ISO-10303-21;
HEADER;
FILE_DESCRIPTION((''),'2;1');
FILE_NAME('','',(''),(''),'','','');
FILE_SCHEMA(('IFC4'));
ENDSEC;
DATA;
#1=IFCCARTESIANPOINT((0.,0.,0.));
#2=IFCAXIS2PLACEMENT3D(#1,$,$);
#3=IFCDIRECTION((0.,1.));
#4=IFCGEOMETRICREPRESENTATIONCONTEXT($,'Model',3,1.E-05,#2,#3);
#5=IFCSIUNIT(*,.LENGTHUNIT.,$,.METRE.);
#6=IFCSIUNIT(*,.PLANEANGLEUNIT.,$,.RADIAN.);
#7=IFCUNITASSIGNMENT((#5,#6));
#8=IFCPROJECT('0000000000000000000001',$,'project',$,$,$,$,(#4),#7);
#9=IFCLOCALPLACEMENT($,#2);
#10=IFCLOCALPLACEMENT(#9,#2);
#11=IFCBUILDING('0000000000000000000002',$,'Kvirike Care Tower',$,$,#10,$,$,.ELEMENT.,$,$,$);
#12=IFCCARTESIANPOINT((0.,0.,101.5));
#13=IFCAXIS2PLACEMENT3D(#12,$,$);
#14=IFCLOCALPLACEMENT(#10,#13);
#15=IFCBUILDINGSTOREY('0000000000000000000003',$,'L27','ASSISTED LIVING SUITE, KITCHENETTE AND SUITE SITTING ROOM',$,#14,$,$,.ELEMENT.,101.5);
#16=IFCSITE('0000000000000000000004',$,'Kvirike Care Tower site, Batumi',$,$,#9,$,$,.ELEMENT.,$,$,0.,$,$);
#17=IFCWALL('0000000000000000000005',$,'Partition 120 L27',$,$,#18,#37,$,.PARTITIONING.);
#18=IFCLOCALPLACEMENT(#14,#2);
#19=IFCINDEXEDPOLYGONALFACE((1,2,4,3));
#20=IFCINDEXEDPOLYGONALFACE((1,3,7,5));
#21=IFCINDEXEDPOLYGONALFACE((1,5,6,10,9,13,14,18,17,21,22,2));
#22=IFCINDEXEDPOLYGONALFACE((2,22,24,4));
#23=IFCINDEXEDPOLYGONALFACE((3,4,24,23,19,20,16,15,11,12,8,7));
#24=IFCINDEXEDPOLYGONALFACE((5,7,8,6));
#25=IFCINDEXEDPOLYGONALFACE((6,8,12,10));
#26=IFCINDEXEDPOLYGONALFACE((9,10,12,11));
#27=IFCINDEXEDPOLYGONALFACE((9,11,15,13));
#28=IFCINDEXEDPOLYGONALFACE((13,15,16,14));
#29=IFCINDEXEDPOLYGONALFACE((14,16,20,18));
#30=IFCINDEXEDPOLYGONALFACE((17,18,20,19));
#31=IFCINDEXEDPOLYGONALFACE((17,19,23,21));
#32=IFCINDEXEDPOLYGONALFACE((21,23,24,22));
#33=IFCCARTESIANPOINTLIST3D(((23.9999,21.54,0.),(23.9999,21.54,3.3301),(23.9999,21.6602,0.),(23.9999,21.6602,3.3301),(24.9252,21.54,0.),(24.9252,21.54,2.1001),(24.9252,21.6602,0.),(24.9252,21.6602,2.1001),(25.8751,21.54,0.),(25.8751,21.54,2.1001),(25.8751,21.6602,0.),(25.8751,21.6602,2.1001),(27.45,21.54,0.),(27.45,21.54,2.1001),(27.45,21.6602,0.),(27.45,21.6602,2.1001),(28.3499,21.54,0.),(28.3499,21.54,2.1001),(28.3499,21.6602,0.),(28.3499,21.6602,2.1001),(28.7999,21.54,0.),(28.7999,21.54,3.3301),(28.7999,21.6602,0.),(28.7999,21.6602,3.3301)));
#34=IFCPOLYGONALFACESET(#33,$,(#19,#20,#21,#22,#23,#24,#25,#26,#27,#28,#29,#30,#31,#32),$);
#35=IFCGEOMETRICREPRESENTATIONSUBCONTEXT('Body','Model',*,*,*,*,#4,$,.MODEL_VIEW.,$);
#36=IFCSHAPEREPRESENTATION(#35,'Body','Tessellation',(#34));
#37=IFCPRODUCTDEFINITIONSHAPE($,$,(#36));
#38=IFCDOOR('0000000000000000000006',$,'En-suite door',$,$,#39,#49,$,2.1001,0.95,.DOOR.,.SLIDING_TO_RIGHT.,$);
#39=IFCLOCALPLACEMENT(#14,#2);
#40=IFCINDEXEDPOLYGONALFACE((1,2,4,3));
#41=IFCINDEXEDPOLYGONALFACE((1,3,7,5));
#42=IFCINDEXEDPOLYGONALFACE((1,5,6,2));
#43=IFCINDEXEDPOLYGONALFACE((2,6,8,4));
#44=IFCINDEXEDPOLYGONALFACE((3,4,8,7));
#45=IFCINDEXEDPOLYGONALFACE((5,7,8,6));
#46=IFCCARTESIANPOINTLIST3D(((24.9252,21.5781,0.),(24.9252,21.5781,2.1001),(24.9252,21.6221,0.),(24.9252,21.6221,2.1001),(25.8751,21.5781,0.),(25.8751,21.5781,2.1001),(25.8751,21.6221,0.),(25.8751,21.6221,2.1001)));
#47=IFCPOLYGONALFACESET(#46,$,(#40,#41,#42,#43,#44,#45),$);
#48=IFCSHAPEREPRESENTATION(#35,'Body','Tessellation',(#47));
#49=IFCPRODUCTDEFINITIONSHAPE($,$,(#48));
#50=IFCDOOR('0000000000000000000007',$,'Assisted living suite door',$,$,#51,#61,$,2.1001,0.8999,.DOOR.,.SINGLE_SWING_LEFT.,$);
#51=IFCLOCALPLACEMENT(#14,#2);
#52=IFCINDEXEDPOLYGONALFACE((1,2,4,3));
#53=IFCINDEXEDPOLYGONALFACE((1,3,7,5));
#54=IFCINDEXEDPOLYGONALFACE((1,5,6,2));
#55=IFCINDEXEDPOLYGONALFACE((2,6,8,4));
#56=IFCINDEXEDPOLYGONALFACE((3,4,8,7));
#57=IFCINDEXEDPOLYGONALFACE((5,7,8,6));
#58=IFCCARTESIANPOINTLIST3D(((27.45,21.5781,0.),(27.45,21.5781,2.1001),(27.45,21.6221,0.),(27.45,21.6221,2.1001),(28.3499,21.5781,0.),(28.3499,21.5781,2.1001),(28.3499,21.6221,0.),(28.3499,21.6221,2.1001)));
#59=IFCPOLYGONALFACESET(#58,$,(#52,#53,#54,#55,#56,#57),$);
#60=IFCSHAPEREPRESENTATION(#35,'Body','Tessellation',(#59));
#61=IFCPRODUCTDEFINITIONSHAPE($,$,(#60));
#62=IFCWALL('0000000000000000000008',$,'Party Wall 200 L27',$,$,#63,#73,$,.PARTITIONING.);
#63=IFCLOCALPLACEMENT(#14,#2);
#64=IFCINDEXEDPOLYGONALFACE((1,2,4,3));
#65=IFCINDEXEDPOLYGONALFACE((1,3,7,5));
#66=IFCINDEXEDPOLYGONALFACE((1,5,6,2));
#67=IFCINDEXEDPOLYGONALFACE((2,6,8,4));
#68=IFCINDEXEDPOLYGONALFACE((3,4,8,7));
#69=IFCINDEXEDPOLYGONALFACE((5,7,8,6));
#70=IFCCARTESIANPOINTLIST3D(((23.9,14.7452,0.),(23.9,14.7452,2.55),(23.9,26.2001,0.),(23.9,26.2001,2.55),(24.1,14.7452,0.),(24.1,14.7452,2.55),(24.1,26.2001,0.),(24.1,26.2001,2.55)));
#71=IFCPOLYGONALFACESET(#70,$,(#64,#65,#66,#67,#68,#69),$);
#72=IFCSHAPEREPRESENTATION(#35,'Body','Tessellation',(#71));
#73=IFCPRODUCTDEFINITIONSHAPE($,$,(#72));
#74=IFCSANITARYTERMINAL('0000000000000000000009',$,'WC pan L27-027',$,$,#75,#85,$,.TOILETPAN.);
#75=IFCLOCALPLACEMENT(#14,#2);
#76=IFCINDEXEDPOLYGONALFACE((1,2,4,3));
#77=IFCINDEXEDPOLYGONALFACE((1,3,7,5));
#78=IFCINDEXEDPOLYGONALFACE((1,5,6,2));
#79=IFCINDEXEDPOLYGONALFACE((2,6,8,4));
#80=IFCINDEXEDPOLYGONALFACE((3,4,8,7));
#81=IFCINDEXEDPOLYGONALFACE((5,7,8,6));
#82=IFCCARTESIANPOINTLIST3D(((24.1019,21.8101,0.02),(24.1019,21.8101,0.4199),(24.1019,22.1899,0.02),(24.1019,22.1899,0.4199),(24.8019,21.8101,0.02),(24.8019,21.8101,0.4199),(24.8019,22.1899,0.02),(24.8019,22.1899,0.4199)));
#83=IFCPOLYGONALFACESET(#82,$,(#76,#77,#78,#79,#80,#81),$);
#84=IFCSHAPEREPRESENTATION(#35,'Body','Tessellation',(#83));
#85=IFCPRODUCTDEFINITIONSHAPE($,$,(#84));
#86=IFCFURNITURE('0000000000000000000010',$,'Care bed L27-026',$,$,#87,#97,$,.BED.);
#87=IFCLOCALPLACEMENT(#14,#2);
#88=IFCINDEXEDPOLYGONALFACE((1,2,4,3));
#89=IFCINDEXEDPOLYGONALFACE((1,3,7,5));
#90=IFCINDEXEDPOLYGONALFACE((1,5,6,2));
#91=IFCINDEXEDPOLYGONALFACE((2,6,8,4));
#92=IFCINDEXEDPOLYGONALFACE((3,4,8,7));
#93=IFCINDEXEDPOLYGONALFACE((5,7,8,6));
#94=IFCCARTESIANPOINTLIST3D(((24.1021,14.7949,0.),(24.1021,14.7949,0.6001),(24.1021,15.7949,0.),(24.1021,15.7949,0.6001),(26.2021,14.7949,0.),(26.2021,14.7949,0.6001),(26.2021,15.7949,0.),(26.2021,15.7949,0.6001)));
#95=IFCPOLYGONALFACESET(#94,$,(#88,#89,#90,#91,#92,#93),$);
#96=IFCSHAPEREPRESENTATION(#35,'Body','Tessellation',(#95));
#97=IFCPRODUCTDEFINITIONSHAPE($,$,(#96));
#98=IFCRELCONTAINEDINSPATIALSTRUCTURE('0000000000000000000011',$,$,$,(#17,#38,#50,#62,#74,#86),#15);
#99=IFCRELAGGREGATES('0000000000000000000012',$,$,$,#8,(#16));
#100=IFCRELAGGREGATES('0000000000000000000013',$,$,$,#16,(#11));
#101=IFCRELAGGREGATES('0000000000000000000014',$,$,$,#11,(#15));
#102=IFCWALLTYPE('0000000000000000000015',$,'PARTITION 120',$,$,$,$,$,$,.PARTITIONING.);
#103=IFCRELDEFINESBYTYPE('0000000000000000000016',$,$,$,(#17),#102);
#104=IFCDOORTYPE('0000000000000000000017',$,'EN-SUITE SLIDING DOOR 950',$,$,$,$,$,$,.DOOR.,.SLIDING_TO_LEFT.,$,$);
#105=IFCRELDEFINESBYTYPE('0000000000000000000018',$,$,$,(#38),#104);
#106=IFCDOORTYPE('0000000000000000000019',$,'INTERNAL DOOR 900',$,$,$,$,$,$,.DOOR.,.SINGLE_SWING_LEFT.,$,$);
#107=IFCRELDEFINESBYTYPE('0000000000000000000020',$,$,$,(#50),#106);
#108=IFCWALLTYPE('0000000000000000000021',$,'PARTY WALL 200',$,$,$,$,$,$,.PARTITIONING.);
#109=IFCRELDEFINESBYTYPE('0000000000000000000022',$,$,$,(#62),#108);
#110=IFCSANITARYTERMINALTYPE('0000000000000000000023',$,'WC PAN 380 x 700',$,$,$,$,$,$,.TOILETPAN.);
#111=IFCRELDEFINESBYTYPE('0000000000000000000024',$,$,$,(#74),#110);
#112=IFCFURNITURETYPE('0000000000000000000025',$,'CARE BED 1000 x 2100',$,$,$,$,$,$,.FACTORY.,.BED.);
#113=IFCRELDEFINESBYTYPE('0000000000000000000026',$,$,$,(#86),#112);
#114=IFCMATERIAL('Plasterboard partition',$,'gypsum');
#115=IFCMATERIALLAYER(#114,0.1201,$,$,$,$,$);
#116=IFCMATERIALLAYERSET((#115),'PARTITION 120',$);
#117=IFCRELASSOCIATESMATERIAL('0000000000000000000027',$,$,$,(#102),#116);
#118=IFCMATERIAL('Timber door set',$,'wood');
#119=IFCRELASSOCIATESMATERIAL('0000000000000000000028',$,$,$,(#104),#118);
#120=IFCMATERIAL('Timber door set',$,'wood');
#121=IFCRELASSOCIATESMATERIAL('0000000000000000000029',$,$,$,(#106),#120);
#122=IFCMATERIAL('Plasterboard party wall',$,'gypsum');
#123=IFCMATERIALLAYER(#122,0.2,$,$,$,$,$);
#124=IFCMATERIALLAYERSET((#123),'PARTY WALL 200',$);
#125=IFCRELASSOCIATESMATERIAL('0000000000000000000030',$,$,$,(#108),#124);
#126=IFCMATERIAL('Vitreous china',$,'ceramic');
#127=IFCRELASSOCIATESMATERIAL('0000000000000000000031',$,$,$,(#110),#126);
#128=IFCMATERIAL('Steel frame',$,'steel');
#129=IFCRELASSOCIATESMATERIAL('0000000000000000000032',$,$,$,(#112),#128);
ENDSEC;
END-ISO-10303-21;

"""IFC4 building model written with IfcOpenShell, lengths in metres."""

from ifc_helpers import new_model, si_unit, direction, frame, frame_2d, origin, origin_2d, place, context, subcontext, project, spatial, rectangle, extrude, material, layer, layer_set, type_object, element, fill, save


model = new_model("IFC4")

# Units and contexts
model_context = context("Model", 3, precision=1e-05, world=origin(), true_north=direction((0.0, 1.0)))
body_context = subcontext(model_context, "Body", "Model", "MODEL_VIEW")
ifc_project = project(units=[si_unit("LENGTHUNIT", "METRE"), si_unit("PLANEANGLEUNIT", "RADIAN")], contexts=[model_context])

# Site, building, storey
site_placement = place(None, origin())
site = spatial("IfcSite", under=ifc_project, at=site_placement, Name="Kvirike Care Tower site, Batumi", CompositionType="ELEMENT", RefElevation=0.0)
building_placement = place(site_placement, origin())
building = spatial("IfcBuilding", under=site, at=building_placement, Name="Kvirike Care Tower", CompositionType="ELEMENT")
storey_placement = place(building_placement, frame((0.0, 0.0, 101.5)))
storey = spatial("IfcBuildingStorey", under=building, at=storey_placement, Name="L27", Description="ASSISTED LIVING SUITE, KITCHENETTE AND SUITE SITTING ROOM", CompositionType="ELEMENT", Elevation=101.5)

# Wall, openings, doors
ifc_material_1 = material(Name="Plasterboard partition", Category="gypsum")
ifc_layer_1 = layer(ifc_material_1, 0.1201)
ifc_layer_set_1 = layer_set([ifc_layer_1], Name="PARTITION 120")
wall_type_1 = type_object("IfcWallType", Name="PARTITION 120", PredefinedType="PARTITIONING", material=ifc_layer_set_1)
wall_1_placement = place(storey_placement, frame((24.0, 21.6001, 0.0), z_axis=(0.0, 0.0, 1.0), x_axis=(1.0, 0.0, 0.0)))
wall_1 = element("IfcWall", 1, at=wall_1_placement, inside=storey, type_object=wall_type_1, Name="Partition 120 L27", PredefinedType="PARTITIONING", context=body_context, shape_type="SweptSolid", body=[
    extrude(rectangle(XDim=4.8, YDim=0.1201, at=frame_2d((2.3999, 0.0))), origin(), (0.0, 0.0, 1.0), 3.3301),
])
opening_1_placement = place(wall_1_placement, frame((3.45, 0.0, 0.0)))
opening_1 = element("IfcOpeningElement", 2, at=opening_1_placement, cuts=wall_1, PredefinedType="OPENING", context=body_context, shape_type="SweptSolid", body=[
    extrude(rectangle(XDim=0.8999, YDim=2.1001, at=frame_2d((0.45, 1.05))), frame((0.0, 0.0706, 0.0), z_axis=(0.0, -1.0, 0.0), x_axis=(1.0, 0.0, 0.0)), (0.0, 0.0, 1.0), 0.1411),
])
opening_2_placement = place(wall_1_placement, frame((0.925, 0.0, 0.0)))
opening_2 = element("IfcOpeningElement", 3, at=opening_2_placement, cuts=wall_1, PredefinedType="OPENING", context=body_context, shape_type="SweptSolid", body=[
    extrude(rectangle(XDim=0.95, YDim=2.1001, at=frame_2d((0.4751, 1.05))), frame((0.0, 0.0706, 0.0), z_axis=(0.0, -1.0, 0.0), x_axis=(1.0, 0.0, 0.0)), (0.0, 0.0, 1.0), 0.1411),
])
ifc_material_2 = material(Name="Timber door set", Category="wood")
door_type_1 = type_object("IfcDoorType", Name="EN-SUITE SLIDING DOOR 950", OperationType="SLIDING_TO_LEFT", PredefinedType="DOOR", material=ifc_material_2)
door_1_placement = place(opening_2_placement, origin())
door_1 = element("IfcDoor", 4, at=door_1_placement, inside=storey, type_object=door_type_1, Name="En-suite door", OperationType="SLIDING_TO_RIGHT", OverallHeight=2.1001, OverallWidth=0.95, PredefinedType="DOOR", context=body_context, shape_type="SweptSolid", body=[
    extrude(rectangle(XDim=0.95, YDim=2.1001, at=frame_2d((0.4751, 1.05))), frame((0.0, 0.022, 0.0), z_axis=(0.0, -1.0, 0.0), x_axis=(1.0, 0.0, 0.0)), (0.0, 0.0, 1.0), 0.0439),
])
fill(opening_2, door_1)
ifc_material_3 = material(Name="Timber door set", Category="wood")
door_type_2 = type_object("IfcDoorType", Name="INTERNAL DOOR 900", OperationType="SINGLE_SWING_LEFT", PredefinedType="DOOR", material=ifc_material_3)
door_2_placement = place(opening_1_placement, origin())
door_2 = element("IfcDoor", 5, at=door_2_placement, inside=storey, type_object=door_type_2, Name="Assisted living suite door", OperationType="SINGLE_SWING_LEFT", OverallHeight=2.1001, OverallWidth=0.8999, PredefinedType="DOOR", context=body_context, shape_type="SweptSolid", body=[
    extrude(rectangle(XDim=0.8999, YDim=2.1001, at=frame_2d((0.45, 1.05))), frame((0.0, 0.022, 0.0), z_axis=(0.0, -1.0, 0.0), x_axis=(1.0, 0.0, 0.0)), (0.0, 0.0, 1.0), 0.0439),
])
fill(opening_1, door_2)

# Wall
ifc_material_4 = material(Name="Plasterboard party wall", Category="gypsum")
ifc_layer_2 = layer(ifc_material_4, 0.2)
ifc_layer_set_2 = layer_set([ifc_layer_2], Name="PARTY WALL 200")
wall_type_2 = type_object("IfcWallType", Name="PARTY WALL 200", PredefinedType="PARTITIONING", material=ifc_layer_set_2)
wall_2_placement = place(storey_placement, frame((24.0, 14.7451, 0.0), z_axis=(0.0, 0.0, 1.0), x_axis=(0.0, 1.0, 0.0)))
element("IfcWall", 6, at=wall_2_placement, inside=storey, type_object=wall_type_2, Name="Party Wall 200 L27", PredefinedType="PARTITIONING", context=body_context, shape_type="SweptSolid", body=[
    extrude(rectangle(XDim=11.4548, YDim=0.2, at=frame_2d((5.7275, 0.0))), origin(), (0.0, 0.0, 1.0), 2.55),
])

# Sanitary terminal
ifc_material_5 = material(Name="Vitreous china", Category="ceramic")
sanitary_terminal_type = type_object("IfcSanitaryTerminalType", Name="WC PAN 380 x 700", PredefinedType="TOILETPAN", material=ifc_material_5)
sanitary_terminal_placement = place(storey_placement, frame((24.4519, 22.0, 0.02), z_axis=(0.0, 0.0, 1.0), x_axis=(0.0, 1.0, 0.0)))
element("IfcSanitaryTerminal", 7, at=sanitary_terminal_placement, inside=storey, type_object=sanitary_terminal_type, Name="WC pan L27-027", PredefinedType="TOILETPAN", context=body_context, shape_type="SweptSolid", body=[
    extrude(rectangle(XDim=0.3799, YDim=0.7, at=origin_2d()), origin(), (0.0, 0.0, 1.0), 0.3999),
])

# Furniture
ifc_material_6 = material(Name="Steel frame", Category="steel")
furniture_type = type_object("IfcFurnitureType", Name="CARE BED 1000 x 2100", AssemblyPlace="FACTORY", PredefinedType="BED", material=ifc_material_6)
furniture_placement = place(storey_placement, frame((25.1521, 15.2949, 0.0), z_axis=(0.0, 0.0, 1.0), x_axis=(0.0, 1.0, 0.0)))
element("IfcFurniture", 8, at=furniture_placement, inside=storey, type_object=furniture_type, Name="Care bed L27-026", PredefinedType="BED", context=body_context, shape_type="SweptSolid", body=[
    extrude(rectangle(XDim=1.0, YDim=2.1001, at=origin_2d()), origin(), (0.0, 0.0, 1.0), 0.6001),
])

save(model, "model.ifc")
